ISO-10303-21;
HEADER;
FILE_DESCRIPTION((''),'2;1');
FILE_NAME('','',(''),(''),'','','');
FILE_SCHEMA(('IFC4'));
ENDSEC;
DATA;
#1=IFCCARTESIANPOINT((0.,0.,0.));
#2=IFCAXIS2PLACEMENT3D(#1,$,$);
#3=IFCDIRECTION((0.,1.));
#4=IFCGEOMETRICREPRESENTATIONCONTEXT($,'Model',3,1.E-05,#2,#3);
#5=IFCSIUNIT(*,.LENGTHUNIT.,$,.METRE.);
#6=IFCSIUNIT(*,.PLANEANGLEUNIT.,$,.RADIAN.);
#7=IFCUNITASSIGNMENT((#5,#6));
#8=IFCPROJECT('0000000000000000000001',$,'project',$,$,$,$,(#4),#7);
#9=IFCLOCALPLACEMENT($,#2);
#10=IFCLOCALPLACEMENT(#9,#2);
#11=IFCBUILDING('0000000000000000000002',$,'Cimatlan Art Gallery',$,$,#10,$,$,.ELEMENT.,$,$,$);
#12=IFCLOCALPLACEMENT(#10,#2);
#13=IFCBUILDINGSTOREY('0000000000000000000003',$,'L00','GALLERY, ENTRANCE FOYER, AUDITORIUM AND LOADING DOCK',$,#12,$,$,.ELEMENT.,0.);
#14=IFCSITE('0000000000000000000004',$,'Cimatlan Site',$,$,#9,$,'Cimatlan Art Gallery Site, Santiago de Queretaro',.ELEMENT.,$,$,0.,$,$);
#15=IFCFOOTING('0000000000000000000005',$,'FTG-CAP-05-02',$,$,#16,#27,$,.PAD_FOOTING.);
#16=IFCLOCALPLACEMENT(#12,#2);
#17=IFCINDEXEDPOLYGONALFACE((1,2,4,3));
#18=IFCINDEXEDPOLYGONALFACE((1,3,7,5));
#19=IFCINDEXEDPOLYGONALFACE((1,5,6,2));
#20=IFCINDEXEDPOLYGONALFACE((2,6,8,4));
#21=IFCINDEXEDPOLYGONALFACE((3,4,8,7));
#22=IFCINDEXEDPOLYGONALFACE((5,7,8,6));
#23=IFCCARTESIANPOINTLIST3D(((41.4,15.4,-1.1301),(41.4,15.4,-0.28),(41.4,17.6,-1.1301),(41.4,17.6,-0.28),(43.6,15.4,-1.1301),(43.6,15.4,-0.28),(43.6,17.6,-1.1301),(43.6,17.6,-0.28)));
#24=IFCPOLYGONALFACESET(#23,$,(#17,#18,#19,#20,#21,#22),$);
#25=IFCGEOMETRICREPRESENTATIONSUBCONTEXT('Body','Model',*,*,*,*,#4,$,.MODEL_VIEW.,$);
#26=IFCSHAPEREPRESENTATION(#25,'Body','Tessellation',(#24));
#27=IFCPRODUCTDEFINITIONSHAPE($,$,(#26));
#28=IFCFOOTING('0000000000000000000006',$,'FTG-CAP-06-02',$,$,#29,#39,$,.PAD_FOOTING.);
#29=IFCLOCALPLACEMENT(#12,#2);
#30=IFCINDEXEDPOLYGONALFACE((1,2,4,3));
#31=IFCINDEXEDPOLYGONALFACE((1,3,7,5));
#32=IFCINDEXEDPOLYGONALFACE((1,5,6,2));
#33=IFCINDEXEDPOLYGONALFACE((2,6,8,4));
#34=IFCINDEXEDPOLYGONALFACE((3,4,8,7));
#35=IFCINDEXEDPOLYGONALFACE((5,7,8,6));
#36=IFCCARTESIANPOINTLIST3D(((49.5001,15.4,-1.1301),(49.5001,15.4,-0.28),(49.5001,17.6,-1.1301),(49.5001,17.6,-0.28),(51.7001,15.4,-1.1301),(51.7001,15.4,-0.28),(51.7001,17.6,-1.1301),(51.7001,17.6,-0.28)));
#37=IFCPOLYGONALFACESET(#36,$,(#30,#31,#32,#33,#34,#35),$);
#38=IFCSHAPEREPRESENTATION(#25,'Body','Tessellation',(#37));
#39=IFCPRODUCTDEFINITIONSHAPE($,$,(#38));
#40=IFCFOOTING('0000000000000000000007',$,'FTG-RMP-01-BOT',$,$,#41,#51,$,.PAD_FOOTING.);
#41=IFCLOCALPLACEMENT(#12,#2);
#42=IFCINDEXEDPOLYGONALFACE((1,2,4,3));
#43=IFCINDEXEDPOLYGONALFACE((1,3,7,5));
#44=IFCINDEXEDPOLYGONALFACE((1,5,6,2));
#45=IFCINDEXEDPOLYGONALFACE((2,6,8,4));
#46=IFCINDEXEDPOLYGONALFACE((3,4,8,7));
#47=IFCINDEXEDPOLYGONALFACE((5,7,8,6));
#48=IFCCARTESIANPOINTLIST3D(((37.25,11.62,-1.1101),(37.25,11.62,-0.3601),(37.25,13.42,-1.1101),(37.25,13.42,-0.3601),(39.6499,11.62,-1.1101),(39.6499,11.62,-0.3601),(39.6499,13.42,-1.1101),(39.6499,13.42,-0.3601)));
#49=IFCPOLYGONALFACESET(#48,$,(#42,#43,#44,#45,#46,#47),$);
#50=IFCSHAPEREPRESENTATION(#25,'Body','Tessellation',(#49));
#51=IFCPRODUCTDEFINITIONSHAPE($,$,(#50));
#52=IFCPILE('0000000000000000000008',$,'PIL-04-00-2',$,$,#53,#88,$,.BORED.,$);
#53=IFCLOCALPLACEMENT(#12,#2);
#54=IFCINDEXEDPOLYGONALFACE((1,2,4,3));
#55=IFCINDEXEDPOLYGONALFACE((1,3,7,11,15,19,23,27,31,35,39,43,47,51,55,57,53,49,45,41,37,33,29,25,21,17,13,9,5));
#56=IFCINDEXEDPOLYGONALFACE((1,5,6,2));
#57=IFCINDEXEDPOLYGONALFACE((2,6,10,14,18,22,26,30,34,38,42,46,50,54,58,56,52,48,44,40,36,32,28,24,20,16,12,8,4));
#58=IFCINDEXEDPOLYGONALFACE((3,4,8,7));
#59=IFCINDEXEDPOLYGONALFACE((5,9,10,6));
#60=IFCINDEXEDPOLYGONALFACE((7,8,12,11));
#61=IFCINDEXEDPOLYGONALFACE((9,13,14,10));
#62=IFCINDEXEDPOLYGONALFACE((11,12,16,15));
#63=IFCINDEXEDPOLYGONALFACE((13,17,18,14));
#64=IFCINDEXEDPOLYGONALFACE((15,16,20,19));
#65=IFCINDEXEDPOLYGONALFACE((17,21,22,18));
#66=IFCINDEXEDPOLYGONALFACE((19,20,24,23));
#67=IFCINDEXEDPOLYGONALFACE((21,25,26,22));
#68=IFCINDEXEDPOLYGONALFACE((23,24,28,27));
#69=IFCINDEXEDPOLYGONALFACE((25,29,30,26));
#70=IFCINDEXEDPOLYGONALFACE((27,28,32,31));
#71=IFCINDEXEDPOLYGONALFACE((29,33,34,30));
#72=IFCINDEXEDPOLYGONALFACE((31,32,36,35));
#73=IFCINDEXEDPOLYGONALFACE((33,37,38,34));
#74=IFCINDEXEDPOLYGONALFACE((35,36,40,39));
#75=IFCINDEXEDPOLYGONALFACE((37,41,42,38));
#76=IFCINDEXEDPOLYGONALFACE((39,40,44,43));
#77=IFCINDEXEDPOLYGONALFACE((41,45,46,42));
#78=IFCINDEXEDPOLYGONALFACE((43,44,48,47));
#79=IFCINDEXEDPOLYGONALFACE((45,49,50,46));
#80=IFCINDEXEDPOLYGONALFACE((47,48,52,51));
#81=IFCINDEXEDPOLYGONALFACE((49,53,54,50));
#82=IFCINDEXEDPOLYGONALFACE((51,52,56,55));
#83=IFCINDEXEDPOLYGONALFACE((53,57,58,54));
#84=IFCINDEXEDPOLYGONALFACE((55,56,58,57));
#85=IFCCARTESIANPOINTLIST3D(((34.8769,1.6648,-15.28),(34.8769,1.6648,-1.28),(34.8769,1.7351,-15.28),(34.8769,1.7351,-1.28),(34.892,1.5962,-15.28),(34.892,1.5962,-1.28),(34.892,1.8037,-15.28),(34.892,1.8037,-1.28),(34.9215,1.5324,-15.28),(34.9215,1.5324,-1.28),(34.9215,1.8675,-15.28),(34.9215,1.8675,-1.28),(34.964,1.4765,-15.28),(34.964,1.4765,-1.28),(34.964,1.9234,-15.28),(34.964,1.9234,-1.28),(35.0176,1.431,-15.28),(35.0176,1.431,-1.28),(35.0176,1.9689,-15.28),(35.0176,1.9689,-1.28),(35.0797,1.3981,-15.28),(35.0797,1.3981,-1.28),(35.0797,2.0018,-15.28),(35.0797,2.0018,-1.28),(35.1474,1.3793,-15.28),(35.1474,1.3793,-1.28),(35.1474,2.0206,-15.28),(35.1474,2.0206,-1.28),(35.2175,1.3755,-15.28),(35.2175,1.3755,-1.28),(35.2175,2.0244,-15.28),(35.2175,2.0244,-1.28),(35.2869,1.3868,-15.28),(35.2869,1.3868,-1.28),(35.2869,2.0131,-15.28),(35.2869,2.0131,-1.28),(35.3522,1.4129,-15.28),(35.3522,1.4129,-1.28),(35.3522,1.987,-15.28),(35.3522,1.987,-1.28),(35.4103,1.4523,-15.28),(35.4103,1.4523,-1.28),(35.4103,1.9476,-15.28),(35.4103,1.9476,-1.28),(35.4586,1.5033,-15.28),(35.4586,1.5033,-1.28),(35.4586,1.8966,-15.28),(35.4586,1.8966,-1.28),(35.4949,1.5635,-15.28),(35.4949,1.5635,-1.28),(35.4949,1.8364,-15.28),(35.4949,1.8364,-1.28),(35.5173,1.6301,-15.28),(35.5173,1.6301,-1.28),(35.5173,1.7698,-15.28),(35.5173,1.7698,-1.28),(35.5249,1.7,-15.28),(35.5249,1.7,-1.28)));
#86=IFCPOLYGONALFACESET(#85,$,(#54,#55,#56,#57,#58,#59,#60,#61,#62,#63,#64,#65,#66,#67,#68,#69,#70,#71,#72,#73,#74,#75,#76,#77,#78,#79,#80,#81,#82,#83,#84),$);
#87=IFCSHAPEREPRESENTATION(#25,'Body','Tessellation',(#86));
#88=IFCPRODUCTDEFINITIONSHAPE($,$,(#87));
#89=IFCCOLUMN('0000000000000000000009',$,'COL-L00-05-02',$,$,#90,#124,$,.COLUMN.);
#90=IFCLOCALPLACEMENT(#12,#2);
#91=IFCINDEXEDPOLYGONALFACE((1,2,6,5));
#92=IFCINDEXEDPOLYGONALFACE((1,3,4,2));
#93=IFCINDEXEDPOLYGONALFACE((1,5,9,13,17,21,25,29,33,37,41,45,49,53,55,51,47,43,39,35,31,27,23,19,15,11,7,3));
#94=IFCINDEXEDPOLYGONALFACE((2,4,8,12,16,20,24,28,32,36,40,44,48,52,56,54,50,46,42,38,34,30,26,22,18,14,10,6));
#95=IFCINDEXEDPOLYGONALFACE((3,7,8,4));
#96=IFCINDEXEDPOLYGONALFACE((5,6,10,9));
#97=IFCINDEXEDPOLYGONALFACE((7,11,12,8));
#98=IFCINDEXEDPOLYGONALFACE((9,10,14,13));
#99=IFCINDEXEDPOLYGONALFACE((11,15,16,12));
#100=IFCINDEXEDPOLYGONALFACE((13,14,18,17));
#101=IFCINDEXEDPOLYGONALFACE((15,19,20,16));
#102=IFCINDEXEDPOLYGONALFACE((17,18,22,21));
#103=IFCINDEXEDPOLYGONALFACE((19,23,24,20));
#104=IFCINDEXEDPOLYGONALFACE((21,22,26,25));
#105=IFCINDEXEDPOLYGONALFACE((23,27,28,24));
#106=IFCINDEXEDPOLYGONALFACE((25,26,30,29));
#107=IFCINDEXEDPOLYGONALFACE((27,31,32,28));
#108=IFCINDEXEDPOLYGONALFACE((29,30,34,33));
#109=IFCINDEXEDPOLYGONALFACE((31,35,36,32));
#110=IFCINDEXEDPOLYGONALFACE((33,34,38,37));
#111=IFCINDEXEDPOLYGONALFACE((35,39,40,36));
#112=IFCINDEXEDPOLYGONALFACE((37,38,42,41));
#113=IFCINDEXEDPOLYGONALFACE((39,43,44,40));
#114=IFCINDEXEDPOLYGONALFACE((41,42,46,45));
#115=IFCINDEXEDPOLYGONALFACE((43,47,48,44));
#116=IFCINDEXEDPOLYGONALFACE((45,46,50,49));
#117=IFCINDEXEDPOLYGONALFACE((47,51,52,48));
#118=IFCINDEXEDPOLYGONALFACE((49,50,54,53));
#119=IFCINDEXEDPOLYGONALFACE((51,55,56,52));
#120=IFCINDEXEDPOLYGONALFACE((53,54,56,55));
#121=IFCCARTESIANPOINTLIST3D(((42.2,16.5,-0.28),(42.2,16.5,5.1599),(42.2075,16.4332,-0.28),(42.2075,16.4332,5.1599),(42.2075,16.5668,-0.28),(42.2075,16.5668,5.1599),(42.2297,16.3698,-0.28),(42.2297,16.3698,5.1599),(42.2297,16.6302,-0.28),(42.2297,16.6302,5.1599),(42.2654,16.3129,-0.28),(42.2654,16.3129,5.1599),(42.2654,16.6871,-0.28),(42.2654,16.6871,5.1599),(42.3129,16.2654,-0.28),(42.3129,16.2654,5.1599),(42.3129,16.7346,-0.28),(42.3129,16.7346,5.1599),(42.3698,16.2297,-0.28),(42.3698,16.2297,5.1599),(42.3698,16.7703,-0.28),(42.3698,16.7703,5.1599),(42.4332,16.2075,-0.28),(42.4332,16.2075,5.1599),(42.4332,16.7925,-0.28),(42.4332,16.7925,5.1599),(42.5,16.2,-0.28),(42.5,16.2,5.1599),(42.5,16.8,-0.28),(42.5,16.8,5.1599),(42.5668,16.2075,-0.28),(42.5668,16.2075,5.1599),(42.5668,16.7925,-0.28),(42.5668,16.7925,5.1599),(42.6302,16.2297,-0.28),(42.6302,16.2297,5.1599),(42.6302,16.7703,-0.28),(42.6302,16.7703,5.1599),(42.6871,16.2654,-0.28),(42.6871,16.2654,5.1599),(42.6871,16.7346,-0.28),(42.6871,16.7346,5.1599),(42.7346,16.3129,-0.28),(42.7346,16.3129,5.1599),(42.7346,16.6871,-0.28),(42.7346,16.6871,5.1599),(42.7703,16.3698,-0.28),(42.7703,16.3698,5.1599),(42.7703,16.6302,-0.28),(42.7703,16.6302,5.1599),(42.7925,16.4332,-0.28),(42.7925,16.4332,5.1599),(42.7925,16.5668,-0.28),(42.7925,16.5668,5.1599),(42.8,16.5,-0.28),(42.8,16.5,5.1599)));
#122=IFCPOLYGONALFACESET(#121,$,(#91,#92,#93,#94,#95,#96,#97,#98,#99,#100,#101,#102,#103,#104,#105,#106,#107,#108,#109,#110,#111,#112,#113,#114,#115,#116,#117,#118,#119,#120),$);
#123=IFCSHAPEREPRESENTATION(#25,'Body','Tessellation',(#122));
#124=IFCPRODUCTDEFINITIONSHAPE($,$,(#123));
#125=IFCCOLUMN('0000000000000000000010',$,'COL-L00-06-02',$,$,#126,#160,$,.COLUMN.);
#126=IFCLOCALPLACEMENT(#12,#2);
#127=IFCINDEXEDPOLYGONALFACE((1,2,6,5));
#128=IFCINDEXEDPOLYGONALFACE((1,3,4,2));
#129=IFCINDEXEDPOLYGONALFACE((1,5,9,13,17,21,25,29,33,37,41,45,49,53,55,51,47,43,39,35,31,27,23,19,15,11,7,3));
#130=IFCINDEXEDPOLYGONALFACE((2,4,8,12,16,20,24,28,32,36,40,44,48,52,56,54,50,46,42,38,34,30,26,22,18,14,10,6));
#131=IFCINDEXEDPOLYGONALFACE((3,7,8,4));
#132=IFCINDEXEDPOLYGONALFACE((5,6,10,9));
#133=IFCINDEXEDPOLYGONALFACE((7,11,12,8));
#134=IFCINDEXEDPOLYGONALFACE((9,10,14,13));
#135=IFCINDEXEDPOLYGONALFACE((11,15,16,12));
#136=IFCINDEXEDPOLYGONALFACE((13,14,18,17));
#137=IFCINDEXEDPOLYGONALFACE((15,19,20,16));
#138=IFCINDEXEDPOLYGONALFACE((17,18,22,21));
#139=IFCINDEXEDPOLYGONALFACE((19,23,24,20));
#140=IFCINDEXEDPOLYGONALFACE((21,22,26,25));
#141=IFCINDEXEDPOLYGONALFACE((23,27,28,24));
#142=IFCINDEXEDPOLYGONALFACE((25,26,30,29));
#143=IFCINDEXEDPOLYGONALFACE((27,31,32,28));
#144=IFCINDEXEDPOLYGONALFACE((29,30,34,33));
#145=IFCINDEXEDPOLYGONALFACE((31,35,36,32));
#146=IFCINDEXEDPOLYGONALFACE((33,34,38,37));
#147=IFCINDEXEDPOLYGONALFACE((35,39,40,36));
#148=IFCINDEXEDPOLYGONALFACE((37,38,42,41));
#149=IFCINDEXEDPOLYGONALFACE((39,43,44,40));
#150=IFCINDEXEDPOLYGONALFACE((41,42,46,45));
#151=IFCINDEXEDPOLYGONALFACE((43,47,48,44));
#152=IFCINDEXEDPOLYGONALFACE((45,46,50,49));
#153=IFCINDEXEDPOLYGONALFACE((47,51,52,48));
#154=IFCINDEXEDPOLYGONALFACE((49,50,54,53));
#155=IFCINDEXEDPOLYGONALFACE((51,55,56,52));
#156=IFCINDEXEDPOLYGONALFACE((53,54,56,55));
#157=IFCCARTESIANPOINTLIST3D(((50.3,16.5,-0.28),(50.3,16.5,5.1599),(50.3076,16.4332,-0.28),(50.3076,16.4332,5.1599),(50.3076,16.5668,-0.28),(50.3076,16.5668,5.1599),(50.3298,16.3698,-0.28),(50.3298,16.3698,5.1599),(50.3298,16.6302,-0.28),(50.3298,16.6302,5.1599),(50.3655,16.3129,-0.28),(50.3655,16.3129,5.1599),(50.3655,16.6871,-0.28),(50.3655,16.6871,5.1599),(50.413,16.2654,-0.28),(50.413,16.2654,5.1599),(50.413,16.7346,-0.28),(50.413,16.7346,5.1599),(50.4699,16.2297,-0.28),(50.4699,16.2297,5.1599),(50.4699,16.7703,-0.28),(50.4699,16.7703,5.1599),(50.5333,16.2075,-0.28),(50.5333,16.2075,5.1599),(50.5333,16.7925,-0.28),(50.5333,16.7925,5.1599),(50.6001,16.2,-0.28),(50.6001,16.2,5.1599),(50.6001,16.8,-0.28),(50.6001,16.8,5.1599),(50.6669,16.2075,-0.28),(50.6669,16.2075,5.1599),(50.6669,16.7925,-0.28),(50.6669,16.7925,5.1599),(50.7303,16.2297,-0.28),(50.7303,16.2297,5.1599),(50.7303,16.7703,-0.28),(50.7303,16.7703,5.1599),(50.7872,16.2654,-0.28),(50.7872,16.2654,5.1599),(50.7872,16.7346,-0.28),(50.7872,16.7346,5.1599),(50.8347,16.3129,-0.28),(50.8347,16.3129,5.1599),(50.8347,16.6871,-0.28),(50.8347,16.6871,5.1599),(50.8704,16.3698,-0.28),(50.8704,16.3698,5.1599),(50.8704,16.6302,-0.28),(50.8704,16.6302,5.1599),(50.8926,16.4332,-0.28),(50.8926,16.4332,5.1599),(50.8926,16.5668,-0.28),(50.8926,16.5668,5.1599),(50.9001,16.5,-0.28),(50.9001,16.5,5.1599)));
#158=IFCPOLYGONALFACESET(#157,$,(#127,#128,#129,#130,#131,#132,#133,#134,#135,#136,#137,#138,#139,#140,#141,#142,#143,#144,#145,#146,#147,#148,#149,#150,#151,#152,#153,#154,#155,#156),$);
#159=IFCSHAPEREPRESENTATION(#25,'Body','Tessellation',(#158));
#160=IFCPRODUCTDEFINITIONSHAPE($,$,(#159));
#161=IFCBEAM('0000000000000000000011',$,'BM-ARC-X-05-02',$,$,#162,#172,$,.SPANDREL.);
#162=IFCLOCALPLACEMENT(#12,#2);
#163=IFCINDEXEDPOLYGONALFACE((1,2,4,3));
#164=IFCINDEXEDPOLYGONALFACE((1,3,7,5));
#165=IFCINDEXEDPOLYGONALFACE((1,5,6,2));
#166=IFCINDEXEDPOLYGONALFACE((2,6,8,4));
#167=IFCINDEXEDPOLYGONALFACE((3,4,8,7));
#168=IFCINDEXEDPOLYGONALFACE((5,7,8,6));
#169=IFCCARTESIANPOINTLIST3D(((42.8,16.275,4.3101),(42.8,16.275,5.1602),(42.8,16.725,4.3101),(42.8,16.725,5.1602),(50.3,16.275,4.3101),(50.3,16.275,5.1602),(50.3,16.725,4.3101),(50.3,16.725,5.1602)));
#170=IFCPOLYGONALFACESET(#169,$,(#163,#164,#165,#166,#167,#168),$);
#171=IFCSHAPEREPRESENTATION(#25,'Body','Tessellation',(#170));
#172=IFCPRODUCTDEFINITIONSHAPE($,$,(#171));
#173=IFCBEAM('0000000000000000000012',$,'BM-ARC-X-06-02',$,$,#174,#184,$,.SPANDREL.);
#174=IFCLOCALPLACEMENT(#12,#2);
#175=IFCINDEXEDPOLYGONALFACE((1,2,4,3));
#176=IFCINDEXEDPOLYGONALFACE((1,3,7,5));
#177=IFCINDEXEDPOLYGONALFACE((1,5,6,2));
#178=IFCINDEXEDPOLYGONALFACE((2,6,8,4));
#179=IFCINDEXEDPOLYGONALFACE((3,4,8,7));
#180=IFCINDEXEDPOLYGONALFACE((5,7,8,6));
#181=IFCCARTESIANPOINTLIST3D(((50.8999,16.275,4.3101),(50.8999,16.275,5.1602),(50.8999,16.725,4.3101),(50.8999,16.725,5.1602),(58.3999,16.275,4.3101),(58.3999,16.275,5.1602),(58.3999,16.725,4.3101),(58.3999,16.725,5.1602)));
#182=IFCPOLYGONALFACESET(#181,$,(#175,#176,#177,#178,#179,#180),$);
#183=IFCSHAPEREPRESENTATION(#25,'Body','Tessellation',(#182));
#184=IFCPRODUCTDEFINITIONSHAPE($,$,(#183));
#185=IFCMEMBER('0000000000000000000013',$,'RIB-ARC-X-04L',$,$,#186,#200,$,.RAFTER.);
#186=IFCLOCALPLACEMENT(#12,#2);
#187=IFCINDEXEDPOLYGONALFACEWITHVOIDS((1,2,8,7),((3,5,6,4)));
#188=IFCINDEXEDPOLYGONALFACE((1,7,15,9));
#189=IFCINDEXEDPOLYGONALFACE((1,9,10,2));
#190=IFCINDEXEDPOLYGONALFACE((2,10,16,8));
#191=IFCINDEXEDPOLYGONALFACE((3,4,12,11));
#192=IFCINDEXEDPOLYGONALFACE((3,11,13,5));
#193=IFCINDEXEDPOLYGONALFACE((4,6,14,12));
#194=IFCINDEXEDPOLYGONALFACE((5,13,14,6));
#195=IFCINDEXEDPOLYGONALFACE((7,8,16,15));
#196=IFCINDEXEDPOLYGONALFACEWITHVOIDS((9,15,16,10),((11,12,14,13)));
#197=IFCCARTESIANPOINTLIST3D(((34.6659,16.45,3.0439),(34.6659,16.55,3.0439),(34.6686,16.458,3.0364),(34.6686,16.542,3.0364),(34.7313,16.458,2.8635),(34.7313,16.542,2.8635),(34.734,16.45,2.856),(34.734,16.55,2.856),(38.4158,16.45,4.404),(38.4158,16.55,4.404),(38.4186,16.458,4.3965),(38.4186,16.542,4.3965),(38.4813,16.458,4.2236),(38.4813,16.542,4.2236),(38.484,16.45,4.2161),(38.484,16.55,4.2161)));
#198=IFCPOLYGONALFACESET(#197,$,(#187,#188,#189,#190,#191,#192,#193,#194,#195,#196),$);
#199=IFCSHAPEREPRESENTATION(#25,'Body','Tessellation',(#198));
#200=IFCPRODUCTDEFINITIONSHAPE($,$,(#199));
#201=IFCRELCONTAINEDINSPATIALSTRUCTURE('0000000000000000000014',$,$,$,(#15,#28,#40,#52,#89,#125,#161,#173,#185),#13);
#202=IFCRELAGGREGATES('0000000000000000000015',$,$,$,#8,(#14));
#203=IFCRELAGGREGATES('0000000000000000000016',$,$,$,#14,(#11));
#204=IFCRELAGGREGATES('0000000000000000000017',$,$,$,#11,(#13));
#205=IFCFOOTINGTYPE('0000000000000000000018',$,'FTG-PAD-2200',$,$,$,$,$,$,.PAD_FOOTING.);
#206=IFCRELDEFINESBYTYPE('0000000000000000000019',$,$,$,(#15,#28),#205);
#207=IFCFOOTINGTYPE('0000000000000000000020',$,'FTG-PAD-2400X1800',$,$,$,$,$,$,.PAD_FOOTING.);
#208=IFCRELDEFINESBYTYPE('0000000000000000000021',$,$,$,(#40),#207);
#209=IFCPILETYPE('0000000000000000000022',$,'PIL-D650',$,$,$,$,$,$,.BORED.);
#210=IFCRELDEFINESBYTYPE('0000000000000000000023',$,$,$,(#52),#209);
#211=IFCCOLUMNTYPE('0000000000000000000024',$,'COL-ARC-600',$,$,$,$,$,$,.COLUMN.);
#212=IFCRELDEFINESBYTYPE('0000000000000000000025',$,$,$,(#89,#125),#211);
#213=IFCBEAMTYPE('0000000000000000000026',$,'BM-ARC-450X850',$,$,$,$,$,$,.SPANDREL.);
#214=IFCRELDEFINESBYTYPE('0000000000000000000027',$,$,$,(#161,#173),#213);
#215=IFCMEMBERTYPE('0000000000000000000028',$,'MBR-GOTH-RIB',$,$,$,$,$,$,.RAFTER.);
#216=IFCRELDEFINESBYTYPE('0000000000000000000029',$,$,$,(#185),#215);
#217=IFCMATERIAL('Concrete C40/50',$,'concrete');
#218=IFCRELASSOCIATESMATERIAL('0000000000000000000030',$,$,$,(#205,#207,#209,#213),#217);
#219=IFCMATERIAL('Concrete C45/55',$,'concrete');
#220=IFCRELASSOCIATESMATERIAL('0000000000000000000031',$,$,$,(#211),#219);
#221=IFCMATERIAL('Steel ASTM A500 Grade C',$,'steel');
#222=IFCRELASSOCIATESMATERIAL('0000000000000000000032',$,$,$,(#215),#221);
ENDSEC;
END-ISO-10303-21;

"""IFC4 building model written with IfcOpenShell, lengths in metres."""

from ifc_helpers import new_model, si_unit, direction, frame, origin, origin_2d, place, context, subcontext, project, spatial, rectangle, hollow_rectangle, circle, extrude, material, material_profile, profile_set, type_object, element, save


model = new_model("IFC4")

# Units and contexts
model_context = context("Model", 3, precision=1e-05, world=origin(), true_north=direction((0.0, 1.0)))
body_context = subcontext(model_context, "Body", "Model", "MODEL_VIEW")
ifc_project = project(units=[si_unit("LENGTHUNIT", "METRE"), si_unit("PLANEANGLEUNIT", "RADIAN")], contexts=[model_context])

# Site, building, storey
site_placement = place(None, origin())
site = spatial("IfcSite", under=ifc_project, at=site_placement, Name="Cimatlan Site", LongName="Cimatlan Art Gallery Site, Santiago de Queretaro", CompositionType="ELEMENT", RefElevation=0.0)
building_placement = place(site_placement, origin())
building = spatial("IfcBuilding", under=site, at=building_placement, Name="Cimatlan Art Gallery", CompositionType="ELEMENT")
storey_placement = place(building_placement, origin())
storey = spatial("IfcBuildingStorey", under=building, at=storey_placement, Name="L00", Description="GALLERY, ENTRANCE FOYER, AUDITORIUM AND LOADING DOCK", CompositionType="ELEMENT", Elevation=0.0)

# Footings
ifc_material_1 = material(Name="Concrete C40/50", Category="concrete")
footing_type_1 = type_object("IfcFootingType", Name="FTG-PAD-2200", PredefinedType="PAD_FOOTING", material=ifc_material_1)
for number, where, z_axis, x_axis, name in (
    (1, (42.5, 16.5, -1.1301), (0.0, 0.0, 1.0), (1.0, 0.0, 0.0), "FTG-CAP-05-02"),
    (2, (50.6001, 16.5, -1.1301), (0.0, 0.0, 1.0), (1.0, 0.0, 0.0), "FTG-CAP-06-02"),
):
    element("IfcFooting", number, at=place(storey_placement, frame(where, z_axis=z_axis, x_axis=x_axis)), inside=storey, type_object=footing_type_1, Name=name, PredefinedType="PAD_FOOTING", context=body_context, shape_type="SweptSolid", body=[
        extrude(rectangle(XDim=2.2, YDim=2.2, at=origin_2d()), origin(), (0.0, 0.0, 1.0), 0.8501),
    ])
footing_type_2 = type_object("IfcFootingType", Name="FTG-PAD-2400X1800", PredefinedType="PAD_FOOTING", material=ifc_material_1)
footing_placement = place(storey_placement, frame((38.45, 12.52, -1.1101), z_axis=(0.0, 0.0, 1.0), x_axis=(1.0, 0.0, 0.0)))
element("IfcFooting", 3, at=footing_placement, inside=storey, type_object=footing_type_2, Name="FTG-RMP-01-BOT", PredefinedType="PAD_FOOTING", context=body_context, shape_type="SweptSolid", body=[
    extrude(rectangle(XDim=2.3999, YDim=1.8, at=origin_2d()), origin(), (0.0, 0.0, 1.0), 0.75),
])

# Pile
pile_type = type_object("IfcPileType", Name="PIL-D650", PredefinedType="BORED", material=ifc_material_1)
pile_placement = place(storey_placement, frame((35.2, 1.7, -1.28), z_axis=(0.0, 0.0, -1.0), x_axis=(1.0, 0.0, 0.0)))
element("IfcPile", 4, at=pile_placement, inside=storey, type_object=pile_type, Name="PIL-04-00-2", PredefinedType="BORED", context=body_context, shape_type="SweptSolid", body=[
    extrude(circle(Radius=0.325, at=origin_2d()), origin(), (0.0, 0.0, 1.0), 14.0),
])

# Columns
ifc_material_2 = material(Name="Concrete C45/55", Category="concrete")
ifc_material_profile_1 = material_profile(ifc_material_2, circle(Radius=0.3, at=origin_2d()), Name="RCD600")
ifc_profile_set_1 = profile_set([ifc_material_profile_1], Name="Concrete C45/55")
column_type = type_object("IfcColumnType", Name="COL-ARC-600", PredefinedType="COLUMN", material=ifc_profile_set_1)
for number, where, z_axis, x_axis, name in (
    (5, (42.5, 16.5, -0.28), (0.0, 0.0, 1.0), (1.0, 0.0, 0.0), "COL-L00-05-02"),
    (6, (50.6001, 16.5, -0.28), (0.0, 0.0, 1.0), (1.0, 0.0, 0.0), "COL-L00-06-02"),
):
    element("IfcColumn", number, at=place(storey_placement, frame(where, z_axis=z_axis, x_axis=x_axis)), inside=storey, type_object=column_type, Name=name, PredefinedType="COLUMN", context=body_context, shape_type="SweptSolid", body=[
        extrude(circle(Radius=0.3, at=origin_2d()), origin(), (0.0, 0.0, 1.0), 5.4399),
    ])

# Beams
ifc_material_profile_2 = material_profile(ifc_material_1, rectangle(XDim=0.45, YDim=0.8501, at=origin_2d()), Name="RC450X850")
ifc_profile_set_2 = profile_set([ifc_material_profile_2], Name="Concrete C40/50")
beam_type = type_object("IfcBeamType", Name="BM-ARC-450X850", PredefinedType="SPANDREL", material=ifc_profile_set_2)
for number, where, z_axis, x_axis, name in (
    (7, (42.8, 16.5, 4.7351), (1.0, 0.0, 0.0), (0.0, 1.0, 0.0), "BM-ARC-X-05-02"),
    (8, (50.8999, 16.5, 4.7351), (1.0, 0.0, 0.0), (0.0, 1.0, 0.0), "BM-ARC-X-06-02"),
):
    element("IfcBeam", number, at=place(storey_placement, frame(where, z_axis=z_axis, x_axis=x_axis)), inside=storey, type_object=beam_type, Name=name, PredefinedType="SPANDREL", context=body_context, shape_type="SweptSolid", body=[
        extrude(rectangle(XDim=0.45, YDim=0.8501, at=origin_2d()), origin(), (0.0, 0.0, 1.0), 7.5),
    ])

# Member
ifc_material_3 = material(Name="Steel ASTM A500 Grade C", Category="steel")
ifc_material_profile_3 = material_profile(ifc_material_3, hollow_rectangle(XDim=0.1001, YDim=0.2, WallThickness=0.0081, at=origin_2d()), Name="HSS200X100X8")
ifc_profile_set_3 = profile_set([ifc_material_profile_3], Name="Steel ASTM A500 Grade C")
member_type = type_object("IfcMemberType", Name="MBR-GOTH-RIB", PredefinedType="RAFTER", material=ifc_profile_set_3)
for number, where, z_axis, x_axis, name in (
    (9, (34.7, 16.5, 2.95), (0.940077, 0.0, 0.340962), (0.0, 1.0, 0.0), "RIB-ARC-X-04L"),
):
    element("IfcMember", number, at=place(storey_placement, frame(where, z_axis=z_axis, x_axis=x_axis)), inside=storey, type_object=member_type, Name=name, PredefinedType="RAFTER", context=body_context, shape_type="SweptSolid", body=[
        extrude(hollow_rectangle(XDim=0.1001, YDim=0.2, WallThickness=0.0081, at=origin_2d()), origin(), (0.0, 0.0, 1.0), 3.989),
    ])

save(model, "model.ifc")
